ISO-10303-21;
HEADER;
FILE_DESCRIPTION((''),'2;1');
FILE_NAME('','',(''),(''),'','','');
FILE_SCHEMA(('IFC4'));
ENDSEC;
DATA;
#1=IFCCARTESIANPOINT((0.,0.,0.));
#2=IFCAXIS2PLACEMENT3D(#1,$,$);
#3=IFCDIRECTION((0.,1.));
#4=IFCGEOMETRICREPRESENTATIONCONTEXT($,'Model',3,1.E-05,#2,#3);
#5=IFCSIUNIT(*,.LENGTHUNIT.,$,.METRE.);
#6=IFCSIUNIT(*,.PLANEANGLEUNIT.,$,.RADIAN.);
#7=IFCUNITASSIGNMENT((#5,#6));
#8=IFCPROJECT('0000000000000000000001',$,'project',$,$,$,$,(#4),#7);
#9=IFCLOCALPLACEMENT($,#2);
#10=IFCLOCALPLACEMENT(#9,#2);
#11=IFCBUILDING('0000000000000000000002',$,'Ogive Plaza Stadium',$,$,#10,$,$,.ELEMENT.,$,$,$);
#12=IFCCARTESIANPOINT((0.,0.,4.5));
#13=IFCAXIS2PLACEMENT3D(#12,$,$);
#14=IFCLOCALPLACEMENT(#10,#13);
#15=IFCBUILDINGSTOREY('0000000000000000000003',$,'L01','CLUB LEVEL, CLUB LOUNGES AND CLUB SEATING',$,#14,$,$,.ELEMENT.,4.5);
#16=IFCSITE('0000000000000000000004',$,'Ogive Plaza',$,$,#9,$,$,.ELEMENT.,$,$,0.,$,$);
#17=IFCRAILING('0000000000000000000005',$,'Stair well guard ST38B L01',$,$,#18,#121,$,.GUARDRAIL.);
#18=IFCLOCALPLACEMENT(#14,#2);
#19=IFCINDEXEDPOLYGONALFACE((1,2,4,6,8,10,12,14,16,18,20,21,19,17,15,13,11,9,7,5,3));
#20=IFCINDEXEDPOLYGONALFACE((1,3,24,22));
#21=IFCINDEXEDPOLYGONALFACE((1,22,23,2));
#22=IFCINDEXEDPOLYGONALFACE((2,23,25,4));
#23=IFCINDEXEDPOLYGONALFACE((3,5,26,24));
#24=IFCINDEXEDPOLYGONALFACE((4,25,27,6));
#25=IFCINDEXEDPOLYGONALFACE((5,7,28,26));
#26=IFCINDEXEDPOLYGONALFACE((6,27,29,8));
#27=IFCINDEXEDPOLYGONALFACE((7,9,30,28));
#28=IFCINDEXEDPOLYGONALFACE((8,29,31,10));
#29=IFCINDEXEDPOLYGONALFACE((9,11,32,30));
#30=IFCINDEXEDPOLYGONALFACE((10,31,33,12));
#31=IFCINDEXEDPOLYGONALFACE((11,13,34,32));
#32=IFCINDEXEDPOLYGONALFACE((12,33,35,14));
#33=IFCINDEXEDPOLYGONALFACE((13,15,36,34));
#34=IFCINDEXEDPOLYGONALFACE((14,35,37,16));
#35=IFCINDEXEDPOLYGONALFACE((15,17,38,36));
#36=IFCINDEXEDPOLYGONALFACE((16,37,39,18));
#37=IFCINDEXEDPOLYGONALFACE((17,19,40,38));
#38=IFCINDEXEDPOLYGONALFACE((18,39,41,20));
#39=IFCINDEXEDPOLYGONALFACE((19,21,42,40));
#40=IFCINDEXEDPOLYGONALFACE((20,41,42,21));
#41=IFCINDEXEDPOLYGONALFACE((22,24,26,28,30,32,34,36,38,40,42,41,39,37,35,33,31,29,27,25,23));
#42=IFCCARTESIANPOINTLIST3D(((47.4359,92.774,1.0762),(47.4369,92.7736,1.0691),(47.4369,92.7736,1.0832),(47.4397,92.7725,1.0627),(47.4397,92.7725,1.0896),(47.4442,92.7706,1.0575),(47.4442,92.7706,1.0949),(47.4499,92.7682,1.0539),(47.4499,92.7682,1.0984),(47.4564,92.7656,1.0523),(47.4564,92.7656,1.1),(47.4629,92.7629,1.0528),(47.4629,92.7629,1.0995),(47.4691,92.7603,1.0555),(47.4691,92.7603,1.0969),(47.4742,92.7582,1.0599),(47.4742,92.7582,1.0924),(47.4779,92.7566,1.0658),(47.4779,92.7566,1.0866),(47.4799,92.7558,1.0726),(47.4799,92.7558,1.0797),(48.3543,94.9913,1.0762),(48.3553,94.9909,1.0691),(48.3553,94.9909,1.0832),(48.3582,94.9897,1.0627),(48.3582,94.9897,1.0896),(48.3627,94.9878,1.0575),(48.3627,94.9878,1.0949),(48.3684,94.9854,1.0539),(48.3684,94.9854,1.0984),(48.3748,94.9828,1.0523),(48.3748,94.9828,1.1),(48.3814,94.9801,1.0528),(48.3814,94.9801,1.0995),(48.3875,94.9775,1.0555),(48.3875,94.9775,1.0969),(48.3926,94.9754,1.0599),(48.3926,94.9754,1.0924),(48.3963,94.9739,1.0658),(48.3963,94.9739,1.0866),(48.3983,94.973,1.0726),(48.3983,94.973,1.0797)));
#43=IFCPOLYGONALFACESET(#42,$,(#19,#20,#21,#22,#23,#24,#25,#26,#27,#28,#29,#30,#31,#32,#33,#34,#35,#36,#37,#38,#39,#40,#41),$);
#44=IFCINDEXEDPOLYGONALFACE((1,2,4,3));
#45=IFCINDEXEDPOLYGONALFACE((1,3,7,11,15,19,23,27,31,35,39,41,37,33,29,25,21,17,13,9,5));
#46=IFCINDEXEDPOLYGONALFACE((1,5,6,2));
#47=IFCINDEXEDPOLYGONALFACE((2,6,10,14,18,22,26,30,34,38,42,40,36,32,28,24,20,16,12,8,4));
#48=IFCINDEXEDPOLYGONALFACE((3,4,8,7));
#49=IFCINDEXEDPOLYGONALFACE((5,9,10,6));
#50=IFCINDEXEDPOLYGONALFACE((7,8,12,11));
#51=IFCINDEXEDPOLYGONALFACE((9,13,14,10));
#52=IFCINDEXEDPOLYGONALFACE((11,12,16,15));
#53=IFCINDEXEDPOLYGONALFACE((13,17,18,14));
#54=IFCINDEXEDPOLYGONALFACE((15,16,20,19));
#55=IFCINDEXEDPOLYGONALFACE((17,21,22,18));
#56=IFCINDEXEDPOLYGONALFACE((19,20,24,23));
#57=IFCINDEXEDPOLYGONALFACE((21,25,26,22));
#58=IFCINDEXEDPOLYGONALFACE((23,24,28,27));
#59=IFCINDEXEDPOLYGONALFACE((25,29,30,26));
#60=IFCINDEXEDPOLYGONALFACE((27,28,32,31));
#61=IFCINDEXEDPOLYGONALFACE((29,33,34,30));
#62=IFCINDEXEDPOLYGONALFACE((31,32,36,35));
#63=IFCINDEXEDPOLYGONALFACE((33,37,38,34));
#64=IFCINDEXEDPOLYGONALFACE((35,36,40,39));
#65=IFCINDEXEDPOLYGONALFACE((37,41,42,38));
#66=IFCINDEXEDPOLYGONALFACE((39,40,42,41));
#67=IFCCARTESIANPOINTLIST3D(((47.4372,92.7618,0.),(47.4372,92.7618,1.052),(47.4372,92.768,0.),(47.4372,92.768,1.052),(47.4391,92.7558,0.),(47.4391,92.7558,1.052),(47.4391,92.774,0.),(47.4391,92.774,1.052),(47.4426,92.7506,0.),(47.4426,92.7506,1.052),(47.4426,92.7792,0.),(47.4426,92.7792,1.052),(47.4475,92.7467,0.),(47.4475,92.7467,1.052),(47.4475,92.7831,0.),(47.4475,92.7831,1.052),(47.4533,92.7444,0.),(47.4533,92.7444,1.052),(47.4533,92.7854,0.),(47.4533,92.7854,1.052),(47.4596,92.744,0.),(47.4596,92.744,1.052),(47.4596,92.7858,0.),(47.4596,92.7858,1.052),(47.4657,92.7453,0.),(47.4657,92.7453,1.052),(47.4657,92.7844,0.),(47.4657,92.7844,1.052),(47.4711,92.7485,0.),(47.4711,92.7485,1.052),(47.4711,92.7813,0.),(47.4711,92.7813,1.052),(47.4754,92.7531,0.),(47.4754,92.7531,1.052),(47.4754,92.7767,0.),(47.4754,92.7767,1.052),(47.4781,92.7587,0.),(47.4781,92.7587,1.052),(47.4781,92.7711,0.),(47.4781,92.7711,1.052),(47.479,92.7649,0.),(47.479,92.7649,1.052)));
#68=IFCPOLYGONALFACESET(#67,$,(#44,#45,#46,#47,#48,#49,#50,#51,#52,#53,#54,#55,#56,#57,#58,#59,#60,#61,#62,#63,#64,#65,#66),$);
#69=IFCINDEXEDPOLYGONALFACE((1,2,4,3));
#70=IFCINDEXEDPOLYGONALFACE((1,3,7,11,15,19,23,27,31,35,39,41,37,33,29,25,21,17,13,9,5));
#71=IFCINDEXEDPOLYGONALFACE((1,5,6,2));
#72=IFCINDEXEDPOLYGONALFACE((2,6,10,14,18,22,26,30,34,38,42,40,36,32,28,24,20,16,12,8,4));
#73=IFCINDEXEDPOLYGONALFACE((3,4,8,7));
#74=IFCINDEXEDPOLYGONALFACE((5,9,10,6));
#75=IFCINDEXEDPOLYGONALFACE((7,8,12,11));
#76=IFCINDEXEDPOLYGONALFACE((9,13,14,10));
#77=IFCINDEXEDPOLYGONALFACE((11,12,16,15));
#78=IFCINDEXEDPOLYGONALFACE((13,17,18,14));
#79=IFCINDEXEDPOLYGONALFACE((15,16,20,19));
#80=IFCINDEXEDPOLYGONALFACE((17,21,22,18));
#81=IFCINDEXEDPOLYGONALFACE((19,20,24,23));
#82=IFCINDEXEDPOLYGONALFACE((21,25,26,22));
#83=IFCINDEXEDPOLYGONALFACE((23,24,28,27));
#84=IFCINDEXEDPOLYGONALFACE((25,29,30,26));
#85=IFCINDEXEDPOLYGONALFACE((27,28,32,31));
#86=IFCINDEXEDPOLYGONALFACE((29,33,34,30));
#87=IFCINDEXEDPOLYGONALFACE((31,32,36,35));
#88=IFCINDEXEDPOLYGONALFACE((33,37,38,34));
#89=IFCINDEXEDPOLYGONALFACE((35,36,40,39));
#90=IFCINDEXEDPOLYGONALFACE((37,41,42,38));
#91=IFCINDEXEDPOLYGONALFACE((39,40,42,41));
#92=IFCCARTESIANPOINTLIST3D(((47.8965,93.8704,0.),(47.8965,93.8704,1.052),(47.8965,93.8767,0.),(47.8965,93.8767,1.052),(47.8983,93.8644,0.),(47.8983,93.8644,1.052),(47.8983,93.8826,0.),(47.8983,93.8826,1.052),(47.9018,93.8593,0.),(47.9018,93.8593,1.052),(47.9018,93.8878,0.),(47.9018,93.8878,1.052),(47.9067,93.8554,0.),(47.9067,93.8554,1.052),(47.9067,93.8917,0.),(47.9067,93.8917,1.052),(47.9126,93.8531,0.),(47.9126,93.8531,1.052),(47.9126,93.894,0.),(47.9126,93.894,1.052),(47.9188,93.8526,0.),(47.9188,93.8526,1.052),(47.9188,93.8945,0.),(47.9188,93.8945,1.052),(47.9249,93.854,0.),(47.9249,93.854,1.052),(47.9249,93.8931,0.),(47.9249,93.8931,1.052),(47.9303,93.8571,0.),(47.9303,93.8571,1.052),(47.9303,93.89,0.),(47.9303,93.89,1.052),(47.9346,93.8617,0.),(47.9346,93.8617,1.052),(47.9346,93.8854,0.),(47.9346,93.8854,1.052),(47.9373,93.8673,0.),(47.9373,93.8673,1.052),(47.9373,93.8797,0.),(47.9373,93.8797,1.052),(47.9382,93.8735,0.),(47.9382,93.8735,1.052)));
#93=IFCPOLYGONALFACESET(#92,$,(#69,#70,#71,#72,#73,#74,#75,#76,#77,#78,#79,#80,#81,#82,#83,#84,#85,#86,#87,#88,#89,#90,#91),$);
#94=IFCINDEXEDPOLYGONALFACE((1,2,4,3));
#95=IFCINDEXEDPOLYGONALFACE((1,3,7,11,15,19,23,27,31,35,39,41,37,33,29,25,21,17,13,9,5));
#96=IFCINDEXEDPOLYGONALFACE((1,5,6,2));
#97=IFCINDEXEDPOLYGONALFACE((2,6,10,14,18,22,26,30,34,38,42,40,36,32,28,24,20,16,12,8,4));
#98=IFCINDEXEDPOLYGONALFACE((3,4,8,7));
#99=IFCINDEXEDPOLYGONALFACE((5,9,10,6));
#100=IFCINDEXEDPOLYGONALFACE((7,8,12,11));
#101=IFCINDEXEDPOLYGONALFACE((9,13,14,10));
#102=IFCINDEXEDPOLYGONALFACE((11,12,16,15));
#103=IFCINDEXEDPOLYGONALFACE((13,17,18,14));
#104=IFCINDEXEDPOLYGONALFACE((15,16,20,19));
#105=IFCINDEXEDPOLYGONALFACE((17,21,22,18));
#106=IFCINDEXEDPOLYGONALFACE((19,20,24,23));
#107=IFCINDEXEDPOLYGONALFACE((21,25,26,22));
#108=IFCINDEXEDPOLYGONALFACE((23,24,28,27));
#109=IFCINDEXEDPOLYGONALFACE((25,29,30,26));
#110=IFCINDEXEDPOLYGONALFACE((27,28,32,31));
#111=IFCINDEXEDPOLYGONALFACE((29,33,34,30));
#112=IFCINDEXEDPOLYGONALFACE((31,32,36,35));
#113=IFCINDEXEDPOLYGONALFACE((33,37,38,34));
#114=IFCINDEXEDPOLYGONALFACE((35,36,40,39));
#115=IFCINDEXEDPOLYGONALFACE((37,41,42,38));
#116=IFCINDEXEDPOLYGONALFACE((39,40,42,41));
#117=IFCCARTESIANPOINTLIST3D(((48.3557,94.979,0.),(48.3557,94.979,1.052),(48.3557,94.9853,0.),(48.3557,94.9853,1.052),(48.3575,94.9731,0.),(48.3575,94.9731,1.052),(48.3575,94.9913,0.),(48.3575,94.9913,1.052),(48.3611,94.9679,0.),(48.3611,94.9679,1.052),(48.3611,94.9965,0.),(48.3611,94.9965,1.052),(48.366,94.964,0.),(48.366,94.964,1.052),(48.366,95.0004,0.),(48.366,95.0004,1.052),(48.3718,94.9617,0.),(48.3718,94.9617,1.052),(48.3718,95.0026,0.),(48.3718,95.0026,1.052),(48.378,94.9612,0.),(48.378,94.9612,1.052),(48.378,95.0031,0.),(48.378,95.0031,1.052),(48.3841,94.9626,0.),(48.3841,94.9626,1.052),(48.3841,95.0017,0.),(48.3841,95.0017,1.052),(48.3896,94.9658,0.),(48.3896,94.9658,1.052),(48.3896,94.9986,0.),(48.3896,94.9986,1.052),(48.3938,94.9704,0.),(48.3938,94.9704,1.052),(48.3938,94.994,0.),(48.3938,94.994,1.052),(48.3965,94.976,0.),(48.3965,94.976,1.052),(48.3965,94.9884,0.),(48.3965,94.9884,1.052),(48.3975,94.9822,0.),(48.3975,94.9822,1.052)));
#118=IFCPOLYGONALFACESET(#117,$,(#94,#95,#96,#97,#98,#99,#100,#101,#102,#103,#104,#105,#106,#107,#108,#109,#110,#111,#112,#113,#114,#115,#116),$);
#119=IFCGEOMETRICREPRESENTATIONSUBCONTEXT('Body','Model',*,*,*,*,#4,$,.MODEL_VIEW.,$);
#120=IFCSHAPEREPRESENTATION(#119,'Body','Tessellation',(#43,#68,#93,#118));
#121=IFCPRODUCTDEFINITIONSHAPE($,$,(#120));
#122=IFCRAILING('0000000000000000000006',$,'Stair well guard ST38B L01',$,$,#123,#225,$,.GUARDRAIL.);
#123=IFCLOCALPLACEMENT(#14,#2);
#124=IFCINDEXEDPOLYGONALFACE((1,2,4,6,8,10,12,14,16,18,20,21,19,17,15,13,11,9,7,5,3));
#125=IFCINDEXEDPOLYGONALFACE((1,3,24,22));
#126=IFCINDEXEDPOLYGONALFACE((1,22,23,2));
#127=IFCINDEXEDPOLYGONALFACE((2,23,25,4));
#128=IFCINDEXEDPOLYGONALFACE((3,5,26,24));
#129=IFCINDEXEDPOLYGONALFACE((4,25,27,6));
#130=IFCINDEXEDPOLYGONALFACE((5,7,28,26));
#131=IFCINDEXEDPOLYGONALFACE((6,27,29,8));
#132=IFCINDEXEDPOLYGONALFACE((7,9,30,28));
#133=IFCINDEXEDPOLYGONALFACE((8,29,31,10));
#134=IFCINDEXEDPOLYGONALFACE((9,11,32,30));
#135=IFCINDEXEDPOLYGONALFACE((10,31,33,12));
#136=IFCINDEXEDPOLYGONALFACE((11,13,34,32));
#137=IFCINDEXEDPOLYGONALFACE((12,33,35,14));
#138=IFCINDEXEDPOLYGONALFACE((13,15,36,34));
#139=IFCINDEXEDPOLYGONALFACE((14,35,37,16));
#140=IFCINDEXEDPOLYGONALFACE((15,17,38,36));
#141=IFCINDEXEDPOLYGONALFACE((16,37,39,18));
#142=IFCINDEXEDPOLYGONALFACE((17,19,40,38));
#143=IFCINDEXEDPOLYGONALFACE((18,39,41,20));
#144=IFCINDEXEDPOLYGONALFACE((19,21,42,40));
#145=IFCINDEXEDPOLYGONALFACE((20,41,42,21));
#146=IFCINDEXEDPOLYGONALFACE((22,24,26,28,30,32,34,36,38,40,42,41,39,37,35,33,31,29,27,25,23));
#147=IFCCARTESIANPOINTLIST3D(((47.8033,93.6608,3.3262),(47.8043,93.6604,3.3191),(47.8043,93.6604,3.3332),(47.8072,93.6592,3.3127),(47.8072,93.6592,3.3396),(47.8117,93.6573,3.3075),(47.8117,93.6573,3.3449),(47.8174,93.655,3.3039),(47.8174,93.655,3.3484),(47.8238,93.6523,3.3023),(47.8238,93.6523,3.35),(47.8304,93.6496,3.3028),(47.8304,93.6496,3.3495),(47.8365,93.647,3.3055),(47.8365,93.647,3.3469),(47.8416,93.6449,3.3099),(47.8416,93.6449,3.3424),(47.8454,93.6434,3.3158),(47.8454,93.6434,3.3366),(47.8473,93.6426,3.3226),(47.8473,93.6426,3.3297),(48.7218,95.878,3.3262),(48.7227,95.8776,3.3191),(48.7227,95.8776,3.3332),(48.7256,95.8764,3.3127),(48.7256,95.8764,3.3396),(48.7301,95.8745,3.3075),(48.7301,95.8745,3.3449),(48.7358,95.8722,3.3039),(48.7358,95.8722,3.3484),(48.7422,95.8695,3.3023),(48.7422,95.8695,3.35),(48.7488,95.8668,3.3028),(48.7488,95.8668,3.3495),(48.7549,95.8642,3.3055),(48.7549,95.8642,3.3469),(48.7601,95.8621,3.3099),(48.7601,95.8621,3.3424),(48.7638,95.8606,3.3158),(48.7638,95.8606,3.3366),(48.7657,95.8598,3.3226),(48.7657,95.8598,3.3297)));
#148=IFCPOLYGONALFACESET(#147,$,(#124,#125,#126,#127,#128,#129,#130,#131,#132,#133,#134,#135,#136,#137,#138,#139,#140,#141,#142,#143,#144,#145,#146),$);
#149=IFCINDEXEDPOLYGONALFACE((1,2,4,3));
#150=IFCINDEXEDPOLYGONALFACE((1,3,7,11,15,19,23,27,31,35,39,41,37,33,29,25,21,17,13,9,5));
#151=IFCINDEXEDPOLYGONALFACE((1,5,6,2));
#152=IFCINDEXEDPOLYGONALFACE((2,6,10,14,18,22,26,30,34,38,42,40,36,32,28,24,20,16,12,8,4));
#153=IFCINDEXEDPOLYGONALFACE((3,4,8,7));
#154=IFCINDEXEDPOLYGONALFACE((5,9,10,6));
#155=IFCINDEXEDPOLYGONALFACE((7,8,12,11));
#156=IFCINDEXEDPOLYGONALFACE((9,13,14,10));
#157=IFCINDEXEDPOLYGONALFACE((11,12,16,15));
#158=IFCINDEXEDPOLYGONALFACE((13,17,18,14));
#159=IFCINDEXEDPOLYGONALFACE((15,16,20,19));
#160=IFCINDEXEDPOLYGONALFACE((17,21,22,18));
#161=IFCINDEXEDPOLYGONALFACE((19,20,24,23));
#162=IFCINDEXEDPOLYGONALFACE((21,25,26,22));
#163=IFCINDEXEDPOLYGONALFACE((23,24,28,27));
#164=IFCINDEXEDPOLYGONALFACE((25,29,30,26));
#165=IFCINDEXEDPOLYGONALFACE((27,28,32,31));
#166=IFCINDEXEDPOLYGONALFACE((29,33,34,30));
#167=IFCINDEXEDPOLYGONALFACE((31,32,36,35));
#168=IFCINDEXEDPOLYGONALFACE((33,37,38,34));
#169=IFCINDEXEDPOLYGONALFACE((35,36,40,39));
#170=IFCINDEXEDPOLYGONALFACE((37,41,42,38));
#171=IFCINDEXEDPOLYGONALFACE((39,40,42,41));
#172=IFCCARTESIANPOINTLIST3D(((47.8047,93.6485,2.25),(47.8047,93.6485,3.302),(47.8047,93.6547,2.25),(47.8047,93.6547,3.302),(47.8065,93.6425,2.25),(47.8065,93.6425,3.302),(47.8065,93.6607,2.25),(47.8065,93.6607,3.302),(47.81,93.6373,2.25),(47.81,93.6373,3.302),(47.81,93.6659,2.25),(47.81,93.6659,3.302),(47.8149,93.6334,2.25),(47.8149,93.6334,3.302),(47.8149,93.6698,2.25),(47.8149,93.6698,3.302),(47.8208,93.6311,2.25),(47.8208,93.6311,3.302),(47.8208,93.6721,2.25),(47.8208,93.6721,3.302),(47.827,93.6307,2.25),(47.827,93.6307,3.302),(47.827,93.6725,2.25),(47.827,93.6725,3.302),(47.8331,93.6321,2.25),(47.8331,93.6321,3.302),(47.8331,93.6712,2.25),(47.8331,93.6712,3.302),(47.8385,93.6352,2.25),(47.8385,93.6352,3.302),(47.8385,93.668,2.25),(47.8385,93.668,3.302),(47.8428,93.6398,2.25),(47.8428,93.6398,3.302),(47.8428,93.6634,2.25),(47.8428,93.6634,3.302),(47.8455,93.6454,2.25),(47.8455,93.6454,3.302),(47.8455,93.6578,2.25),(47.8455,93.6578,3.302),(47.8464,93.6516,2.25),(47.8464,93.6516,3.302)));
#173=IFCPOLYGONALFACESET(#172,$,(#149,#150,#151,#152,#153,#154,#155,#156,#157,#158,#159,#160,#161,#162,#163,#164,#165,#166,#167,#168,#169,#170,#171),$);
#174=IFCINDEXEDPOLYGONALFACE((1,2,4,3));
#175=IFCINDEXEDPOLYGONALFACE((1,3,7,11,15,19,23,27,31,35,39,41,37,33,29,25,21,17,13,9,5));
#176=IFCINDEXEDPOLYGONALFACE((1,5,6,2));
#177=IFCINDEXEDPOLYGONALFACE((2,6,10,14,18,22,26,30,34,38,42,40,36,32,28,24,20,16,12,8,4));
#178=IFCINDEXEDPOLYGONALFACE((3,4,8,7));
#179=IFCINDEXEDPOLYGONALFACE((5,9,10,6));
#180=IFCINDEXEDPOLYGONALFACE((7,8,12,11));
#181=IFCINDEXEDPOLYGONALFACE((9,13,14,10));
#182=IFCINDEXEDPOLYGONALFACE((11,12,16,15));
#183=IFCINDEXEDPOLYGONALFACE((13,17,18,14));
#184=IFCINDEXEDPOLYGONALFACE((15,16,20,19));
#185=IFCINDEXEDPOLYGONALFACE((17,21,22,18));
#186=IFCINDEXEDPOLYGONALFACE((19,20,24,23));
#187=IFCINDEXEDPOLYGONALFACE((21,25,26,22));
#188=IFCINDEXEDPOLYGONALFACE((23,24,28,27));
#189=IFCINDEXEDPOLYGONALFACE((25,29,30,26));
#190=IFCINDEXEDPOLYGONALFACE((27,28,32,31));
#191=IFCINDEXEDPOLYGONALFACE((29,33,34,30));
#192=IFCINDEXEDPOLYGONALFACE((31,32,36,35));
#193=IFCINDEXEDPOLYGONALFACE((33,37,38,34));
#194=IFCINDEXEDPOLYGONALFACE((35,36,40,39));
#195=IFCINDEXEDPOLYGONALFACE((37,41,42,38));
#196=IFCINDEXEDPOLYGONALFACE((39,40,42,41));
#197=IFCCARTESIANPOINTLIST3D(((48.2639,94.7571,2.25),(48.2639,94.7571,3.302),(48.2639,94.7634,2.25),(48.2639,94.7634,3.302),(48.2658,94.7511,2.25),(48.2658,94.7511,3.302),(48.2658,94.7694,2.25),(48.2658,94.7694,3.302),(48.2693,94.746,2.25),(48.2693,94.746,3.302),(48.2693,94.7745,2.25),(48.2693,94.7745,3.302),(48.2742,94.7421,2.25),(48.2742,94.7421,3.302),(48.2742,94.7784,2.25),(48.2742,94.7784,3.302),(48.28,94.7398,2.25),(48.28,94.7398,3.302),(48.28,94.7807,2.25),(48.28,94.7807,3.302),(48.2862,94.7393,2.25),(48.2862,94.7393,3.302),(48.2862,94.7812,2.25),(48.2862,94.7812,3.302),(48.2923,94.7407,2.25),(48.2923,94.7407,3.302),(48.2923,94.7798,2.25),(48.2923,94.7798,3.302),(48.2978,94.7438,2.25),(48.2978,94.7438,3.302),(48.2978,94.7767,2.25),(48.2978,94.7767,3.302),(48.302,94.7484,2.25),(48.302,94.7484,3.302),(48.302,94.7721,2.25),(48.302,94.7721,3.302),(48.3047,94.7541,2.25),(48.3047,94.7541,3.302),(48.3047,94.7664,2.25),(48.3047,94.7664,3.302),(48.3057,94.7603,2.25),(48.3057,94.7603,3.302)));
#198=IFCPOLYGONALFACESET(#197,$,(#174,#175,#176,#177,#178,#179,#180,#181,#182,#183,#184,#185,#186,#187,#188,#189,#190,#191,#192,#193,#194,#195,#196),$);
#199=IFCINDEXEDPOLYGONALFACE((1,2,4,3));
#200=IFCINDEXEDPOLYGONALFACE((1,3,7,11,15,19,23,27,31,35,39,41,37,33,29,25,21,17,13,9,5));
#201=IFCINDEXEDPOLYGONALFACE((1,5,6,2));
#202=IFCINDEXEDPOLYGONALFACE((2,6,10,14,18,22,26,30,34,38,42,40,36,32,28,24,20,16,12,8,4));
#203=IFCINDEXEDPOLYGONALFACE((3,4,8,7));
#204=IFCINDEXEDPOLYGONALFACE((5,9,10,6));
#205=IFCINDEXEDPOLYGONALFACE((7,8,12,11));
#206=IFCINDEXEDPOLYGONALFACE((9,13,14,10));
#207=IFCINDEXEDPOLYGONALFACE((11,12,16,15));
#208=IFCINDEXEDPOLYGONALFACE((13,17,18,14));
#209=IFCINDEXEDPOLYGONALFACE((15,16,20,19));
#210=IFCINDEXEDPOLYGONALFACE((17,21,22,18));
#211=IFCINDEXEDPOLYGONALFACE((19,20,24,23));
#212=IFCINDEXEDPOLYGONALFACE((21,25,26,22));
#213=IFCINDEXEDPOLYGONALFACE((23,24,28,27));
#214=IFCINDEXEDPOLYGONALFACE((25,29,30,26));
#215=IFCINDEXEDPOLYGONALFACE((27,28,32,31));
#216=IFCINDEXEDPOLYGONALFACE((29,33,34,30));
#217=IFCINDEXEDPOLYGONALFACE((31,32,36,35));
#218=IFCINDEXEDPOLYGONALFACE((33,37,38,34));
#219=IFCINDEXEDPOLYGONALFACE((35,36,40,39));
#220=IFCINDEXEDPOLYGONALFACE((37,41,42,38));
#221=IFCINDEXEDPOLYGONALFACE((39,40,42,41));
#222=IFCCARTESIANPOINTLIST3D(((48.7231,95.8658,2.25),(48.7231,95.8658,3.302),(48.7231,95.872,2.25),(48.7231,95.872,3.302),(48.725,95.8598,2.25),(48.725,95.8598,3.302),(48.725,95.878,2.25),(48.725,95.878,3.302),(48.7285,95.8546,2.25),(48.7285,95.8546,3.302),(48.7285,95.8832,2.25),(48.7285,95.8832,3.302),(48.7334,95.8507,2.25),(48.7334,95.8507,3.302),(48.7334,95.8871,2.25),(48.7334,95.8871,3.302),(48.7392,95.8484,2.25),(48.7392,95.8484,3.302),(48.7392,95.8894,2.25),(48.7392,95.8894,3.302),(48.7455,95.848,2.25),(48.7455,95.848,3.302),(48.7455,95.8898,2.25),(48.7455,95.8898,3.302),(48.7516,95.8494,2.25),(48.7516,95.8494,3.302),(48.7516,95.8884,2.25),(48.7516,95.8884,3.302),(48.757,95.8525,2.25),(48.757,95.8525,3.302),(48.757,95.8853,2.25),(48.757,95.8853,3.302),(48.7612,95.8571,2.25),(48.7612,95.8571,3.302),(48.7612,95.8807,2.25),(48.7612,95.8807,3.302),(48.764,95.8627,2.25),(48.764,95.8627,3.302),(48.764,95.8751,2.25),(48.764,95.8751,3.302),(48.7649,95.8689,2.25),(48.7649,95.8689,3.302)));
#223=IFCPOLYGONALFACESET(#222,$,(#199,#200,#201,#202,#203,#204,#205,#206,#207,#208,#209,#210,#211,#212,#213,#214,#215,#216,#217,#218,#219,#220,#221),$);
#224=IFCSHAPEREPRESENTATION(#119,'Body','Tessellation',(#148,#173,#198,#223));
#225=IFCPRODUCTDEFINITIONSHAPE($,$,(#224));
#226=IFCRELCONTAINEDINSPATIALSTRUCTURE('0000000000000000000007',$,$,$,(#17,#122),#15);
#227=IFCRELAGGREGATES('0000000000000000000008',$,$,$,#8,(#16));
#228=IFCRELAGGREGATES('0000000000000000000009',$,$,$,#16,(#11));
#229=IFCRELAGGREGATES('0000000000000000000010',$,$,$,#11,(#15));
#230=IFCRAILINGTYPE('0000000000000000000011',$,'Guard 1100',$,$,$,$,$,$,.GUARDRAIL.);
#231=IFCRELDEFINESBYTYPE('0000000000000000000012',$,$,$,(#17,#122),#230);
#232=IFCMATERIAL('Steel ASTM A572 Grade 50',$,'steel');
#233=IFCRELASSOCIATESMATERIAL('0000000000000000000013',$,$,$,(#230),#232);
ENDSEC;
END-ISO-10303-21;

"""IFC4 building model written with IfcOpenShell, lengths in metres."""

from ifc_helpers import new_model, si_unit, direction, frame, origin, origin_2d, place, context, subcontext, project, spatial, circle, extrude, material, type_object, element, save


model = new_model("IFC4")

# Units and contexts
model_context = context("Model", 3, precision=1e-05, world=origin(), true_north=direction((0.0, 1.0)))
body_context = subcontext(model_context, "Body", "Model", "MODEL_VIEW")
ifc_project = project(units=[si_unit("LENGTHUNIT", "METRE"), si_unit("PLANEANGLEUNIT", "RADIAN")], contexts=[model_context])

# Site, building, storey
site_placement = place(None, origin())
site = spatial("IfcSite", under=ifc_project, at=site_placement, Name="Ogive Plaza", CompositionType="ELEMENT", RefElevation=0.0)
building_placement = place(site_placement, origin())
building = spatial("IfcBuilding", under=site, at=building_placement, Name="Ogive Plaza Stadium", CompositionType="ELEMENT")
storey_placement = place(building_placement, frame((0.0, 0.0, 4.5)))
storey = spatial("IfcBuildingStorey", under=building, at=storey_placement, Name="L01", Description="CLUB LEVEL, CLUB LOUNGES AND CLUB SEATING", CompositionType="ELEMENT", Elevation=4.5)

# Railings
ifc_material_1 = material(Name="Steel ASTM A572 Grade 50", Category="steel")
railing_type_1 = type_object("IfcRailingType", Name="Guard 1100", PredefinedType="GUARDRAIL", material=ifc_material_1)
for number, where, name in (
    (1, (47.458, 92.7649, 0.0), "Stair well guard ST38B L01"),
    (2, (47.8254, 93.6516, 2.25), "Stair well guard ST38B L01"),
):
    element("IfcRailing", number, at=place(storey_placement, frame(where)), inside=storey, type_object=railing_type_1, Name=name, PredefinedType="GUARDRAIL", context=body_context, shape_type="SweptSolid", body=[
        extrude(circle(Radius=0.0239, at=origin_2d()), frame((0.0, 0.0, 1.0762), z_axis=(0.382693, 0.923875, 0.0), x_axis=(-0.923875, 0.382693, 0.0)), (0.0, 0.0, 1.0), 2.3999),
        extrude(circle(Radius=0.021, at=origin_2d()), origin(), (0.0, 0.0, 1.0), 1.052),
        extrude(circle(Radius=0.021, at=origin_2d()), frame((0.4592, 1.1086, 0.0)), (0.0, 0.0, 1.0), 1.052),
        extrude(circle(Radius=0.021, at=origin_2d()), frame((0.9185, 2.2173, 0.0)), (0.0, 0.0, 1.0), 1.052),
    ])

save(model, "model.ifc")
